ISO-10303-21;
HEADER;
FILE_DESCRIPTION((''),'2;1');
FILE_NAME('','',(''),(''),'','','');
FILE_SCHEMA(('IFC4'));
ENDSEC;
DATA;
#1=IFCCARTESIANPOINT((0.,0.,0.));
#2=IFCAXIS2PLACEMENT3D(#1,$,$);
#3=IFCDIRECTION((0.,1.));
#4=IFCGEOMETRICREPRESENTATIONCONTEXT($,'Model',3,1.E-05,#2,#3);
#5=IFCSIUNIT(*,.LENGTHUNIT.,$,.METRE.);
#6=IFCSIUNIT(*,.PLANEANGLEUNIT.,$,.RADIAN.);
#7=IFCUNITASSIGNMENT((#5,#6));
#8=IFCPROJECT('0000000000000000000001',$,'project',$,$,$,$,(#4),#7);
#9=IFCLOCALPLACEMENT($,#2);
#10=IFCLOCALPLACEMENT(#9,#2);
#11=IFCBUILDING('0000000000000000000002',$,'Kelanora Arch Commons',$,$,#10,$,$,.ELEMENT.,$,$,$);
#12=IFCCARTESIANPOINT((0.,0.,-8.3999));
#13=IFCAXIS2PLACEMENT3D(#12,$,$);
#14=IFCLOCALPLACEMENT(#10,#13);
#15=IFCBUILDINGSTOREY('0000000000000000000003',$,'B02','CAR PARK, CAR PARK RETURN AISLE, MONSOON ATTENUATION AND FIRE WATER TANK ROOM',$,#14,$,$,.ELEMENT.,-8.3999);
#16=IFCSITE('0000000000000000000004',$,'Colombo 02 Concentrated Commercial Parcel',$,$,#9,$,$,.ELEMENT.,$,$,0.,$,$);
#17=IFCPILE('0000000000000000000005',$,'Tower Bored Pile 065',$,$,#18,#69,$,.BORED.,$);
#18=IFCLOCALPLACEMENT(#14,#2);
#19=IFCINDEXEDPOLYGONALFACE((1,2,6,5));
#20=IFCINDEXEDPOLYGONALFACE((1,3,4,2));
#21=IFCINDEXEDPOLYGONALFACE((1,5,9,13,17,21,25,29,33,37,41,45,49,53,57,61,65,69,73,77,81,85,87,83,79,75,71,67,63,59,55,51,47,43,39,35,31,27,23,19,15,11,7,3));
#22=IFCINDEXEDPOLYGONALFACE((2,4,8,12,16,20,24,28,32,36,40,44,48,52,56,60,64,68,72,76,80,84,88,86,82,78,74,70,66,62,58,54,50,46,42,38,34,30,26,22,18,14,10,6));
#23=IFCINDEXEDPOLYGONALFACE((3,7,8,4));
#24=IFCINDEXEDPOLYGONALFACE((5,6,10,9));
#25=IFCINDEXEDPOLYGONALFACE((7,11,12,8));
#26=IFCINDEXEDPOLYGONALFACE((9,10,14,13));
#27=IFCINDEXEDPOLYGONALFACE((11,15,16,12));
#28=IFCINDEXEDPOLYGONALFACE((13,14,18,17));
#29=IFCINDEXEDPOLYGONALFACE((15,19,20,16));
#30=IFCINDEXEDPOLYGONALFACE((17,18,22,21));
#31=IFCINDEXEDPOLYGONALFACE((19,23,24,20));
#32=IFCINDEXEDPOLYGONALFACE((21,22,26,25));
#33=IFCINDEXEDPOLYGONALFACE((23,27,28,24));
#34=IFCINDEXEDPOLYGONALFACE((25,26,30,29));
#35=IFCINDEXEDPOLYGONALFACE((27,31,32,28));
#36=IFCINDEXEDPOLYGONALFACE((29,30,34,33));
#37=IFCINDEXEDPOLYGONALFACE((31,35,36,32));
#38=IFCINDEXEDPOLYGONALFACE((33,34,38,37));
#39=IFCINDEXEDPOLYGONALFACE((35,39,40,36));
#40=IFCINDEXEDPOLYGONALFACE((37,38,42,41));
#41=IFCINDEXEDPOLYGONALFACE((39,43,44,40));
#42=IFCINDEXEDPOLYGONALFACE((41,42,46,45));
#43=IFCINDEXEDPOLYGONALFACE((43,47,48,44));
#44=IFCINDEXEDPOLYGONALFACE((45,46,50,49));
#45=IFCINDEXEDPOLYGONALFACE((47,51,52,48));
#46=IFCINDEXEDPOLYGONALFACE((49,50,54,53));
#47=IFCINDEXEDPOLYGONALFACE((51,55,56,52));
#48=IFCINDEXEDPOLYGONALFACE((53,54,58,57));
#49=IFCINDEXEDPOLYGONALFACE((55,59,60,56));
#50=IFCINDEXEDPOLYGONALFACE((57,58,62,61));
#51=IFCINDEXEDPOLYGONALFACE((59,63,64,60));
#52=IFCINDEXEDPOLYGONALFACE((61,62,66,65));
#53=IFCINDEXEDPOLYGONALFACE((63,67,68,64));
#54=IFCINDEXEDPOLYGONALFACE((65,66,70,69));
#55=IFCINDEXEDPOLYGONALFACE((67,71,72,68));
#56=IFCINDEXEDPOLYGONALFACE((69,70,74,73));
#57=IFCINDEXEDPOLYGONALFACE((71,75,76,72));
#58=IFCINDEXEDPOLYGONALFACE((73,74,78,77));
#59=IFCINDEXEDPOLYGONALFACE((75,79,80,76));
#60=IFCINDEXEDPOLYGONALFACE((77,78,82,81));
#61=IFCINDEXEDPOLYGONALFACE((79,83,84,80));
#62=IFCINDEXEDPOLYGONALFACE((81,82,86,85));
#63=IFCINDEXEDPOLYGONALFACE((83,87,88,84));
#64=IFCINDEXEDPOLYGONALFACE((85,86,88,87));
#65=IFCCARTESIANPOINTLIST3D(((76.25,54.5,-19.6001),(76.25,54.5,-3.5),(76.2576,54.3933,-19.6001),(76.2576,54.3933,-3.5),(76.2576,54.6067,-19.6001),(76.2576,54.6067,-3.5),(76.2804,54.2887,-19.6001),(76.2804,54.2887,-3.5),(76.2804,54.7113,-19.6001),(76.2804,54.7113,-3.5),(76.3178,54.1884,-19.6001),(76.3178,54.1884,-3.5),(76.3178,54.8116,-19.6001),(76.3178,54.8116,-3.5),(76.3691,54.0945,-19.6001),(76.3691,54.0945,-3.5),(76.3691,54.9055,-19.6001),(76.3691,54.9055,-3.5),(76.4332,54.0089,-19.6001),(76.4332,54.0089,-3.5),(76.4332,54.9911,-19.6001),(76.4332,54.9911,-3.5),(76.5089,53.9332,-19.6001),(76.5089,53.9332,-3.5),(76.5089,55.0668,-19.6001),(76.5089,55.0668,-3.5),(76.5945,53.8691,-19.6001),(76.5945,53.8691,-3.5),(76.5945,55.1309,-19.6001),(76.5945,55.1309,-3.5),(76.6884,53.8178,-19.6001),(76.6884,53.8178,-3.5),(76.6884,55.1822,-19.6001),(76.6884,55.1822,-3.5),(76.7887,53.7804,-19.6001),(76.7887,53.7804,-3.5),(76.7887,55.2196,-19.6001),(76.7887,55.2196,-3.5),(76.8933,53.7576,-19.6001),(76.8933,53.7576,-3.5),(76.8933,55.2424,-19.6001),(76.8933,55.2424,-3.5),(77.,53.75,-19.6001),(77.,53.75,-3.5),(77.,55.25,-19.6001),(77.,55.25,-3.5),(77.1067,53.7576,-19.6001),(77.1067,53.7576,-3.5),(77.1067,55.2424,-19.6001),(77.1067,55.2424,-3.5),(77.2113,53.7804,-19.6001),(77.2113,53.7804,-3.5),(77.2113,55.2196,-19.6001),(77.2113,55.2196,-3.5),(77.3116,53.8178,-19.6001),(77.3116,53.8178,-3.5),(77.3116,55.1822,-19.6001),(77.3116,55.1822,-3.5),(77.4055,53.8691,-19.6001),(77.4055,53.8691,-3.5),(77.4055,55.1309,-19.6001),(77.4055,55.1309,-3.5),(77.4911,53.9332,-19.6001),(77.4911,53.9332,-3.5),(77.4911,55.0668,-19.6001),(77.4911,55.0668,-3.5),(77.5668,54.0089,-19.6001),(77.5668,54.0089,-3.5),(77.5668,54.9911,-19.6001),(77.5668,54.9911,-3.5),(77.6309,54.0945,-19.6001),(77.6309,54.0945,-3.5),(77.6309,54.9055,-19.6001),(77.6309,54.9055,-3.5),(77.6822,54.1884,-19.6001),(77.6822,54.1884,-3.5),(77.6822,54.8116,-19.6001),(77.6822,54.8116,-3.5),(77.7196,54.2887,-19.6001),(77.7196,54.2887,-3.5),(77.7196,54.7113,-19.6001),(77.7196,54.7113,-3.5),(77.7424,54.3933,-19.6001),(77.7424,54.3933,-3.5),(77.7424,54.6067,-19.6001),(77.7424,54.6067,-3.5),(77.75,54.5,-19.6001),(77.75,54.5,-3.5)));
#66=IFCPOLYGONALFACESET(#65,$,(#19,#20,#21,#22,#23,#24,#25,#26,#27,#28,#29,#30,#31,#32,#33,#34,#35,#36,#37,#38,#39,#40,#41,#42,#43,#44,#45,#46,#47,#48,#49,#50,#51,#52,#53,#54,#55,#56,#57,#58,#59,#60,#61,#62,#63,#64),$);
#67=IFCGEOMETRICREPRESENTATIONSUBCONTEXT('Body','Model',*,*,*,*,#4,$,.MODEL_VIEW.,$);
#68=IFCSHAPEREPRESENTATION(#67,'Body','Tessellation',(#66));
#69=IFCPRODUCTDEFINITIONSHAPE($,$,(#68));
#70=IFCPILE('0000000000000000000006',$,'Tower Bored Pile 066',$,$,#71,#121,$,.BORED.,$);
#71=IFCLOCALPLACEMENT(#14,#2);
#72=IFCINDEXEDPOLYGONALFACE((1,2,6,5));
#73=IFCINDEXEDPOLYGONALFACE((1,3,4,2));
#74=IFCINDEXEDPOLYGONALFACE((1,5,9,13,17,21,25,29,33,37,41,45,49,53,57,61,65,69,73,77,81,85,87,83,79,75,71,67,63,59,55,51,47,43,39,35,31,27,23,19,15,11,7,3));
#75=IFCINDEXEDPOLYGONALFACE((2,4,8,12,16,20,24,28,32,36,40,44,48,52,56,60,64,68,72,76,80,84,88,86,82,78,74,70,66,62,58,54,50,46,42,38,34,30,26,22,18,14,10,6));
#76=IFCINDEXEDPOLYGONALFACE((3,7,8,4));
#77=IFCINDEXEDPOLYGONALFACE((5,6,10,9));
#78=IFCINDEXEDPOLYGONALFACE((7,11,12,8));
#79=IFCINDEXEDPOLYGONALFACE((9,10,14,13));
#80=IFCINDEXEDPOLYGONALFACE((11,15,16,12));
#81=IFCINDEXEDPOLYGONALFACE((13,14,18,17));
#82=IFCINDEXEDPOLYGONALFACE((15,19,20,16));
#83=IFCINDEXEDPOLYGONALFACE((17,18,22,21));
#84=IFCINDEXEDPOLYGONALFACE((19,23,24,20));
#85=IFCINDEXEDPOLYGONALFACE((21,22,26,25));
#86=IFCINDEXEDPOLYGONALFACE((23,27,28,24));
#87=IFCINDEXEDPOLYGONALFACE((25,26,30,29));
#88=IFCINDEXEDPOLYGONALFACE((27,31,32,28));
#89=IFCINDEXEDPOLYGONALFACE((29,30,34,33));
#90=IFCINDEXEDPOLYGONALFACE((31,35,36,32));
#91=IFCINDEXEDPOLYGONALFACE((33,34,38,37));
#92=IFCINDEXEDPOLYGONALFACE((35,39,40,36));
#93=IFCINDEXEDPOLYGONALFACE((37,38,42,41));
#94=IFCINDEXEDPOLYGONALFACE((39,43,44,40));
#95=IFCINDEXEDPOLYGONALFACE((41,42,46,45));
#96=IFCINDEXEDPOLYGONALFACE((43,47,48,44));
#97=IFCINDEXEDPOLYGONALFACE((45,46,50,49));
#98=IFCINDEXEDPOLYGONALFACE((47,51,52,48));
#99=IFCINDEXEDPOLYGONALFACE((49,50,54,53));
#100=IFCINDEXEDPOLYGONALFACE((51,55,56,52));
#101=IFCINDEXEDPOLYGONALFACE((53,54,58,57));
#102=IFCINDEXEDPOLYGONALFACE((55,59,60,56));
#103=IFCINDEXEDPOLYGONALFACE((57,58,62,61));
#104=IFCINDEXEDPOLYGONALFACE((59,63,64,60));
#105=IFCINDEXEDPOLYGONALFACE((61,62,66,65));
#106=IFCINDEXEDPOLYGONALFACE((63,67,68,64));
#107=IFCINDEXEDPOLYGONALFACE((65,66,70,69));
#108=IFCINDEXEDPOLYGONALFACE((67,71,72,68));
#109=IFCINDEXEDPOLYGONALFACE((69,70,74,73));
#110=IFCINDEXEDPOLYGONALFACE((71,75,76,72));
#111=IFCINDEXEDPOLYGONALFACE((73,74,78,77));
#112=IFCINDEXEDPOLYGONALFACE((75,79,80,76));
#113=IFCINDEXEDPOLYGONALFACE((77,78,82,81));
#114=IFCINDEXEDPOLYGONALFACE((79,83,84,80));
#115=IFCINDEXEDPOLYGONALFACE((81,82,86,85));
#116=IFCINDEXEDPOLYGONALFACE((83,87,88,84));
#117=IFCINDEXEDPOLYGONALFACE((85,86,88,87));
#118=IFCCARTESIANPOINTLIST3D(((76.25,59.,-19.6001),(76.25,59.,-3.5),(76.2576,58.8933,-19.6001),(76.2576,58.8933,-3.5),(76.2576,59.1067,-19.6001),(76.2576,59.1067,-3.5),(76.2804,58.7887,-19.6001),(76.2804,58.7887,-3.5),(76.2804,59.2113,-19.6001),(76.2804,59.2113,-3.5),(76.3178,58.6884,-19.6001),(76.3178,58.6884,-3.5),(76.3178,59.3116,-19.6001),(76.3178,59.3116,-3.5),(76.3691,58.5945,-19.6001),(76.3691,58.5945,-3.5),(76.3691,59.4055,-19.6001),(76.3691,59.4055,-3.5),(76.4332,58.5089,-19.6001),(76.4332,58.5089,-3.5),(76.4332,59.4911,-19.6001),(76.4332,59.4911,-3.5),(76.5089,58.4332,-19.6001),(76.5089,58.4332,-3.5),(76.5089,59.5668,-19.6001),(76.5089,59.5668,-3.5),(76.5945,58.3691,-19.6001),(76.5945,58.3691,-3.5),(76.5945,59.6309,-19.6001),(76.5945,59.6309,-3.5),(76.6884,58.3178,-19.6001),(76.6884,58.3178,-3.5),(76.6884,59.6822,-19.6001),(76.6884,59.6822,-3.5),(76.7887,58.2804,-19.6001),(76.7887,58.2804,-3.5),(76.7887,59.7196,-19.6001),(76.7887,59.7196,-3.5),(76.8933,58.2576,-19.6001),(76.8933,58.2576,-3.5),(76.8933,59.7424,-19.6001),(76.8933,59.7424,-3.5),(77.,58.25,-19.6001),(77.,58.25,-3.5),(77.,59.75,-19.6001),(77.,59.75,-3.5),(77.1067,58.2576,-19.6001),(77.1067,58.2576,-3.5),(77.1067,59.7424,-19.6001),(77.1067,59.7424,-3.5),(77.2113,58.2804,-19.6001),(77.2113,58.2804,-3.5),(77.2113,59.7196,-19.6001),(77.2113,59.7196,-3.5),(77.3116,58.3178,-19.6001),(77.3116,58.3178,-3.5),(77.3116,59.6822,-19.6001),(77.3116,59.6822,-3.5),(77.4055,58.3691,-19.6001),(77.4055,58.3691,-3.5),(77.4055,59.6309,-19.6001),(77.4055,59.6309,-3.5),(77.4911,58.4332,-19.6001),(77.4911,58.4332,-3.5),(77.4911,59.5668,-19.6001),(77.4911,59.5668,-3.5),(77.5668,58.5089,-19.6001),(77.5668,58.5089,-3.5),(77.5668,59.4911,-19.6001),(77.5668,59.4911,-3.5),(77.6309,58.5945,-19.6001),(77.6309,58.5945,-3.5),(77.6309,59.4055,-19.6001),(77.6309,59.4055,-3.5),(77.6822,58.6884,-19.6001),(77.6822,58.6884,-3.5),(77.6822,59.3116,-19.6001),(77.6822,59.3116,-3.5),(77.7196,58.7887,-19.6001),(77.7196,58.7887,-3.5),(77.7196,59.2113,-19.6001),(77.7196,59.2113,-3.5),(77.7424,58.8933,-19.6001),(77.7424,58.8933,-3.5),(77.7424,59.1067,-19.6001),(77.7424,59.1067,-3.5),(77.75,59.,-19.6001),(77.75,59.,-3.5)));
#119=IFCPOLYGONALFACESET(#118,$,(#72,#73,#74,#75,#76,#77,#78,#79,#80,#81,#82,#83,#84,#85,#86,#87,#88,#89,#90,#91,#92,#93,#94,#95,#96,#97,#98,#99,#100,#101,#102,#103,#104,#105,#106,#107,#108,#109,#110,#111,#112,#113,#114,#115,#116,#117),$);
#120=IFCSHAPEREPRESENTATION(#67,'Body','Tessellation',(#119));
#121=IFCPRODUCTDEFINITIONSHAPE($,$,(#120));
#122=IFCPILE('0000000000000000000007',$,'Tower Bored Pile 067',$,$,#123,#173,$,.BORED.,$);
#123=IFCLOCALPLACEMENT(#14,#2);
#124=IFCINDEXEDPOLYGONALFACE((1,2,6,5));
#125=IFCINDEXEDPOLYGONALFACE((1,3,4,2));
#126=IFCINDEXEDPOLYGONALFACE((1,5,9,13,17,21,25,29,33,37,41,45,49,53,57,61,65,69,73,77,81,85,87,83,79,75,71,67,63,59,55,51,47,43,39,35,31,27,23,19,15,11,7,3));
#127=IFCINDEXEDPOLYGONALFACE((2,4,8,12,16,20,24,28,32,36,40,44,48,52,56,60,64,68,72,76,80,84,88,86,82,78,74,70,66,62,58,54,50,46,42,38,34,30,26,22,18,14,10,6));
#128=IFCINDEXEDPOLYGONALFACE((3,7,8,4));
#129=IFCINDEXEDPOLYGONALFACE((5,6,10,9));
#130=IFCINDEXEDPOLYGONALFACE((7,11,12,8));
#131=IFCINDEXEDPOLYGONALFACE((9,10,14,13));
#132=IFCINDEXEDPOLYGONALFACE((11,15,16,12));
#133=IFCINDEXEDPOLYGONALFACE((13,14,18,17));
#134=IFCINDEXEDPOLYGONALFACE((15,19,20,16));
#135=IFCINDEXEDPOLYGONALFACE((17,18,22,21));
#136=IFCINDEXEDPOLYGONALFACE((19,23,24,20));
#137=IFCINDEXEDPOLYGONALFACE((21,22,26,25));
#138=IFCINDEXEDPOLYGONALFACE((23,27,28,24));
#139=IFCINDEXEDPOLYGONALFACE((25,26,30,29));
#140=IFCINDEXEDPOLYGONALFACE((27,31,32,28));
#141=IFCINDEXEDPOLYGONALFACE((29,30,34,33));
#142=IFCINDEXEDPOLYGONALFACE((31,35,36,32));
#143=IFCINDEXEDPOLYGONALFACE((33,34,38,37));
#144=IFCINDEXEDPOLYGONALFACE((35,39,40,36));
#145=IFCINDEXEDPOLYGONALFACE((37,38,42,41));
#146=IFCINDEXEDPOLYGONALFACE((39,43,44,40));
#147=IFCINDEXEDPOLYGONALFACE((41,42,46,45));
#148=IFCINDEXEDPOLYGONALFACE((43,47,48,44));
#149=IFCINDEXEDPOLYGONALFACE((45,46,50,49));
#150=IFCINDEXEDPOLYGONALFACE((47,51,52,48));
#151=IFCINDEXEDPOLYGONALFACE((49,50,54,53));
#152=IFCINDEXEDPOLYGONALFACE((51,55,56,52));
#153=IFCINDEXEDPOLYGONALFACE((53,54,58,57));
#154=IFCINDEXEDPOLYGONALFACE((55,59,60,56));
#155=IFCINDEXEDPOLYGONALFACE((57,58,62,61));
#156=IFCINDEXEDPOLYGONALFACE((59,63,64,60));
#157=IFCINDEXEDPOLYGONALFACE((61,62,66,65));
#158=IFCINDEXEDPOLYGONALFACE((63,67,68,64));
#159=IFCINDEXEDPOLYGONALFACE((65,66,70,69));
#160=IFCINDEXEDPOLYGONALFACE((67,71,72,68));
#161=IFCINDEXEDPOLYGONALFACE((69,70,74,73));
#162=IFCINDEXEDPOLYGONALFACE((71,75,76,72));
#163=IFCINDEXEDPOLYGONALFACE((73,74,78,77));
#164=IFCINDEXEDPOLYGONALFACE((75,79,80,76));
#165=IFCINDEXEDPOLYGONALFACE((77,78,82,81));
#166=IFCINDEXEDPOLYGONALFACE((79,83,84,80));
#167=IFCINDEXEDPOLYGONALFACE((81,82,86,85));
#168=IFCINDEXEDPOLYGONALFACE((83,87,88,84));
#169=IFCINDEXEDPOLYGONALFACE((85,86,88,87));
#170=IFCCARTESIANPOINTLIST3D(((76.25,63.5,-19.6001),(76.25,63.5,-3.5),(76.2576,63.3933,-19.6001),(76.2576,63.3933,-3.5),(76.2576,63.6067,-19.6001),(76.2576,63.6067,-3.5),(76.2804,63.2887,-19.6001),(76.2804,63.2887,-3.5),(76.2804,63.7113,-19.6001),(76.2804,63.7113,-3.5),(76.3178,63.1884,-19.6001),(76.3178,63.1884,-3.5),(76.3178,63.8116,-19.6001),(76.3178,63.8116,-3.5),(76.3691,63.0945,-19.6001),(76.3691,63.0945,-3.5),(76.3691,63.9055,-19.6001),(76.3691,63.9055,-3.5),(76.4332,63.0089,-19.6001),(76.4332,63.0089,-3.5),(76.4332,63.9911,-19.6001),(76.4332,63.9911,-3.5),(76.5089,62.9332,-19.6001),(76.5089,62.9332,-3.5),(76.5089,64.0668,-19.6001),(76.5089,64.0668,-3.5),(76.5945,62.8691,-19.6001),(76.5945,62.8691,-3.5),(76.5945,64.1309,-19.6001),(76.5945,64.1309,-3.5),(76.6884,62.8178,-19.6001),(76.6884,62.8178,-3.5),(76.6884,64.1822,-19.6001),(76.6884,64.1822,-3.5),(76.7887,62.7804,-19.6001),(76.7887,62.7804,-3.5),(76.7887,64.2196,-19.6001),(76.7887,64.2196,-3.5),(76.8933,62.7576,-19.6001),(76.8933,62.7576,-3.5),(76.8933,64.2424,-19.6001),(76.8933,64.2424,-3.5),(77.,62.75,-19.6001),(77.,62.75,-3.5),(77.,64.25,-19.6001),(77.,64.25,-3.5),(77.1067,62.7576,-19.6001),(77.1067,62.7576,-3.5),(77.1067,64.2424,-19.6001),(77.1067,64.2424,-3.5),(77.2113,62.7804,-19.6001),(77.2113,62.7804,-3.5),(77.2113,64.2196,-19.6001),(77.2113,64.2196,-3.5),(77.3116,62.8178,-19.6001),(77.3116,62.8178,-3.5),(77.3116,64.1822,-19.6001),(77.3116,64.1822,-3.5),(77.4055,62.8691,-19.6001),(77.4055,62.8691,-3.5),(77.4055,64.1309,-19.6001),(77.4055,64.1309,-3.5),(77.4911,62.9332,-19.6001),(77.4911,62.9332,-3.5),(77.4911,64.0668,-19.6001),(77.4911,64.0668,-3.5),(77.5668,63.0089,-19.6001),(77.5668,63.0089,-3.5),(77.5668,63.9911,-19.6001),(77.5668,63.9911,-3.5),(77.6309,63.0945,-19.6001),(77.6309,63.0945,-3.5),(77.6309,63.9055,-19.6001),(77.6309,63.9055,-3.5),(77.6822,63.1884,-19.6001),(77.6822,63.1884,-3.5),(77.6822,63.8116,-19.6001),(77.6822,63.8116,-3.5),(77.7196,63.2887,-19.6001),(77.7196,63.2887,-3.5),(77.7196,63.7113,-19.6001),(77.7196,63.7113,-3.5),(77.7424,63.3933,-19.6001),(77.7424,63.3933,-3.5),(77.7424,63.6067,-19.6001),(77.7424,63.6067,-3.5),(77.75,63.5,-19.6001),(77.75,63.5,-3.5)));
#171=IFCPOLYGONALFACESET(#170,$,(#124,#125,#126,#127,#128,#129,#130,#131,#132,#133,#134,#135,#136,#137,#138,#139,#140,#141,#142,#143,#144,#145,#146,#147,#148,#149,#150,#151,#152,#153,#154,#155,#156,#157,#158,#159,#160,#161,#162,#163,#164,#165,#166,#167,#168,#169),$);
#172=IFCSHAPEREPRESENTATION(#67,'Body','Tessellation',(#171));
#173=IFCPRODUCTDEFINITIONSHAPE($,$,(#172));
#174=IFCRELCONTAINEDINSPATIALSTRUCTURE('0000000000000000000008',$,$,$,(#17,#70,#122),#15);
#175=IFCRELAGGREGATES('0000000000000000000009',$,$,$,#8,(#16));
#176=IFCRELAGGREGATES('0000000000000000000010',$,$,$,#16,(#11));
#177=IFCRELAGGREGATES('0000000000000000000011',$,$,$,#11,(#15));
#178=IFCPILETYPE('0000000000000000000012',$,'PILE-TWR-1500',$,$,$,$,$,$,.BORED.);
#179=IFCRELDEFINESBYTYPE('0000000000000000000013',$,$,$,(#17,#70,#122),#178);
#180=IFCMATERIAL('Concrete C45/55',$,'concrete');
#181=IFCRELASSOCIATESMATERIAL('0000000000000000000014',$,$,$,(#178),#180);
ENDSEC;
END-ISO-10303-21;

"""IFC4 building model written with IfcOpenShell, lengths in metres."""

from ifc_helpers import new_model, si_unit, direction, frame, origin, origin_2d, place, context, subcontext, project, spatial, circle, extrude, source, transform, mapped, material, material_profile, profile_set, type_object, element, save


model = new_model("IFC4")

# Units and contexts
model_context = context("Model", 3, precision=1e-05, world=origin(), true_north=direction((0.0, 1.0)))
body_context = subcontext(model_context, "Body", "Model", "MODEL_VIEW")
ifc_project = project(units=[si_unit("LENGTHUNIT", "METRE"), si_unit("PLANEANGLEUNIT", "RADIAN")], contexts=[model_context])

# Site, building, storey
site_placement = place(None, origin())
site = spatial("IfcSite", under=ifc_project, at=site_placement, Name="Colombo 02 Concentrated Commercial Parcel", CompositionType="ELEMENT", RefElevation=0.0)
building_placement = place(site_placement, origin())
building = spatial("IfcBuilding", under=site, at=building_placement, Name="Kelanora Arch Commons", CompositionType="ELEMENT")
storey_placement = place(building_placement, frame((0.0, 0.0, -8.3999)))
storey = spatial("IfcBuildingStorey", under=building, at=storey_placement, Name="B02", Description="CAR PARK, CAR PARK RETURN AISLE, MONSOON ATTENUATION AND FIRE WATER TANK ROOM", CompositionType="ELEMENT", Elevation=-8.3999)

# Piles
ifc_material_1 = material(Name="Concrete C45/55", Category="concrete")
ifc_material_profile_1 = material_profile(ifc_material_1, circle(Radius=0.75, at=origin_2d()), Name="PILE1500")
ifc_profile_set_1 = profile_set([ifc_material_profile_1], Name="Concrete C45/55")
pile_type = type_object("IfcPileType", Name="PILE-TWR-1500", PredefinedType="BORED", material=ifc_profile_set_1)
shared_shape_1 = source(origin(), body_context, "Body", "SweptSolid", [
    extrude(circle(Radius=0.75, at=origin_2d()), origin(), (0.0, 0.0, 1.0), 16.1001),
])
for number, where, z_axis, x_axis, name in (
    (1, (77.0, 54.5, -3.5), (0.0, 0.0, -1.0), (1.0, 0.0, 0.0), "Tower Bored Pile 065"),
    (2, (77.0, 59.0, -3.5), (0.0, 0.0, -1.0), (1.0, 0.0, 0.0), "Tower Bored Pile 066"),
    (3, (77.0, 63.5, -3.5), (0.0, 0.0, -1.0), (1.0, 0.0, 0.0), "Tower Bored Pile 067"),
):
    element("IfcPile", number, at=place(storey_placement, frame(where, z_axis=z_axis, x_axis=x_axis)), inside=storey, type_object=pile_type, Name=name, PredefinedType="BORED", context=body_context, shape_type="MappedRepresentation", body=[
        mapped(shared_shape_1, transform((0.0, 0.0, 0.0), scale=1.0)),
    ])

save(model, "model.ifc")
